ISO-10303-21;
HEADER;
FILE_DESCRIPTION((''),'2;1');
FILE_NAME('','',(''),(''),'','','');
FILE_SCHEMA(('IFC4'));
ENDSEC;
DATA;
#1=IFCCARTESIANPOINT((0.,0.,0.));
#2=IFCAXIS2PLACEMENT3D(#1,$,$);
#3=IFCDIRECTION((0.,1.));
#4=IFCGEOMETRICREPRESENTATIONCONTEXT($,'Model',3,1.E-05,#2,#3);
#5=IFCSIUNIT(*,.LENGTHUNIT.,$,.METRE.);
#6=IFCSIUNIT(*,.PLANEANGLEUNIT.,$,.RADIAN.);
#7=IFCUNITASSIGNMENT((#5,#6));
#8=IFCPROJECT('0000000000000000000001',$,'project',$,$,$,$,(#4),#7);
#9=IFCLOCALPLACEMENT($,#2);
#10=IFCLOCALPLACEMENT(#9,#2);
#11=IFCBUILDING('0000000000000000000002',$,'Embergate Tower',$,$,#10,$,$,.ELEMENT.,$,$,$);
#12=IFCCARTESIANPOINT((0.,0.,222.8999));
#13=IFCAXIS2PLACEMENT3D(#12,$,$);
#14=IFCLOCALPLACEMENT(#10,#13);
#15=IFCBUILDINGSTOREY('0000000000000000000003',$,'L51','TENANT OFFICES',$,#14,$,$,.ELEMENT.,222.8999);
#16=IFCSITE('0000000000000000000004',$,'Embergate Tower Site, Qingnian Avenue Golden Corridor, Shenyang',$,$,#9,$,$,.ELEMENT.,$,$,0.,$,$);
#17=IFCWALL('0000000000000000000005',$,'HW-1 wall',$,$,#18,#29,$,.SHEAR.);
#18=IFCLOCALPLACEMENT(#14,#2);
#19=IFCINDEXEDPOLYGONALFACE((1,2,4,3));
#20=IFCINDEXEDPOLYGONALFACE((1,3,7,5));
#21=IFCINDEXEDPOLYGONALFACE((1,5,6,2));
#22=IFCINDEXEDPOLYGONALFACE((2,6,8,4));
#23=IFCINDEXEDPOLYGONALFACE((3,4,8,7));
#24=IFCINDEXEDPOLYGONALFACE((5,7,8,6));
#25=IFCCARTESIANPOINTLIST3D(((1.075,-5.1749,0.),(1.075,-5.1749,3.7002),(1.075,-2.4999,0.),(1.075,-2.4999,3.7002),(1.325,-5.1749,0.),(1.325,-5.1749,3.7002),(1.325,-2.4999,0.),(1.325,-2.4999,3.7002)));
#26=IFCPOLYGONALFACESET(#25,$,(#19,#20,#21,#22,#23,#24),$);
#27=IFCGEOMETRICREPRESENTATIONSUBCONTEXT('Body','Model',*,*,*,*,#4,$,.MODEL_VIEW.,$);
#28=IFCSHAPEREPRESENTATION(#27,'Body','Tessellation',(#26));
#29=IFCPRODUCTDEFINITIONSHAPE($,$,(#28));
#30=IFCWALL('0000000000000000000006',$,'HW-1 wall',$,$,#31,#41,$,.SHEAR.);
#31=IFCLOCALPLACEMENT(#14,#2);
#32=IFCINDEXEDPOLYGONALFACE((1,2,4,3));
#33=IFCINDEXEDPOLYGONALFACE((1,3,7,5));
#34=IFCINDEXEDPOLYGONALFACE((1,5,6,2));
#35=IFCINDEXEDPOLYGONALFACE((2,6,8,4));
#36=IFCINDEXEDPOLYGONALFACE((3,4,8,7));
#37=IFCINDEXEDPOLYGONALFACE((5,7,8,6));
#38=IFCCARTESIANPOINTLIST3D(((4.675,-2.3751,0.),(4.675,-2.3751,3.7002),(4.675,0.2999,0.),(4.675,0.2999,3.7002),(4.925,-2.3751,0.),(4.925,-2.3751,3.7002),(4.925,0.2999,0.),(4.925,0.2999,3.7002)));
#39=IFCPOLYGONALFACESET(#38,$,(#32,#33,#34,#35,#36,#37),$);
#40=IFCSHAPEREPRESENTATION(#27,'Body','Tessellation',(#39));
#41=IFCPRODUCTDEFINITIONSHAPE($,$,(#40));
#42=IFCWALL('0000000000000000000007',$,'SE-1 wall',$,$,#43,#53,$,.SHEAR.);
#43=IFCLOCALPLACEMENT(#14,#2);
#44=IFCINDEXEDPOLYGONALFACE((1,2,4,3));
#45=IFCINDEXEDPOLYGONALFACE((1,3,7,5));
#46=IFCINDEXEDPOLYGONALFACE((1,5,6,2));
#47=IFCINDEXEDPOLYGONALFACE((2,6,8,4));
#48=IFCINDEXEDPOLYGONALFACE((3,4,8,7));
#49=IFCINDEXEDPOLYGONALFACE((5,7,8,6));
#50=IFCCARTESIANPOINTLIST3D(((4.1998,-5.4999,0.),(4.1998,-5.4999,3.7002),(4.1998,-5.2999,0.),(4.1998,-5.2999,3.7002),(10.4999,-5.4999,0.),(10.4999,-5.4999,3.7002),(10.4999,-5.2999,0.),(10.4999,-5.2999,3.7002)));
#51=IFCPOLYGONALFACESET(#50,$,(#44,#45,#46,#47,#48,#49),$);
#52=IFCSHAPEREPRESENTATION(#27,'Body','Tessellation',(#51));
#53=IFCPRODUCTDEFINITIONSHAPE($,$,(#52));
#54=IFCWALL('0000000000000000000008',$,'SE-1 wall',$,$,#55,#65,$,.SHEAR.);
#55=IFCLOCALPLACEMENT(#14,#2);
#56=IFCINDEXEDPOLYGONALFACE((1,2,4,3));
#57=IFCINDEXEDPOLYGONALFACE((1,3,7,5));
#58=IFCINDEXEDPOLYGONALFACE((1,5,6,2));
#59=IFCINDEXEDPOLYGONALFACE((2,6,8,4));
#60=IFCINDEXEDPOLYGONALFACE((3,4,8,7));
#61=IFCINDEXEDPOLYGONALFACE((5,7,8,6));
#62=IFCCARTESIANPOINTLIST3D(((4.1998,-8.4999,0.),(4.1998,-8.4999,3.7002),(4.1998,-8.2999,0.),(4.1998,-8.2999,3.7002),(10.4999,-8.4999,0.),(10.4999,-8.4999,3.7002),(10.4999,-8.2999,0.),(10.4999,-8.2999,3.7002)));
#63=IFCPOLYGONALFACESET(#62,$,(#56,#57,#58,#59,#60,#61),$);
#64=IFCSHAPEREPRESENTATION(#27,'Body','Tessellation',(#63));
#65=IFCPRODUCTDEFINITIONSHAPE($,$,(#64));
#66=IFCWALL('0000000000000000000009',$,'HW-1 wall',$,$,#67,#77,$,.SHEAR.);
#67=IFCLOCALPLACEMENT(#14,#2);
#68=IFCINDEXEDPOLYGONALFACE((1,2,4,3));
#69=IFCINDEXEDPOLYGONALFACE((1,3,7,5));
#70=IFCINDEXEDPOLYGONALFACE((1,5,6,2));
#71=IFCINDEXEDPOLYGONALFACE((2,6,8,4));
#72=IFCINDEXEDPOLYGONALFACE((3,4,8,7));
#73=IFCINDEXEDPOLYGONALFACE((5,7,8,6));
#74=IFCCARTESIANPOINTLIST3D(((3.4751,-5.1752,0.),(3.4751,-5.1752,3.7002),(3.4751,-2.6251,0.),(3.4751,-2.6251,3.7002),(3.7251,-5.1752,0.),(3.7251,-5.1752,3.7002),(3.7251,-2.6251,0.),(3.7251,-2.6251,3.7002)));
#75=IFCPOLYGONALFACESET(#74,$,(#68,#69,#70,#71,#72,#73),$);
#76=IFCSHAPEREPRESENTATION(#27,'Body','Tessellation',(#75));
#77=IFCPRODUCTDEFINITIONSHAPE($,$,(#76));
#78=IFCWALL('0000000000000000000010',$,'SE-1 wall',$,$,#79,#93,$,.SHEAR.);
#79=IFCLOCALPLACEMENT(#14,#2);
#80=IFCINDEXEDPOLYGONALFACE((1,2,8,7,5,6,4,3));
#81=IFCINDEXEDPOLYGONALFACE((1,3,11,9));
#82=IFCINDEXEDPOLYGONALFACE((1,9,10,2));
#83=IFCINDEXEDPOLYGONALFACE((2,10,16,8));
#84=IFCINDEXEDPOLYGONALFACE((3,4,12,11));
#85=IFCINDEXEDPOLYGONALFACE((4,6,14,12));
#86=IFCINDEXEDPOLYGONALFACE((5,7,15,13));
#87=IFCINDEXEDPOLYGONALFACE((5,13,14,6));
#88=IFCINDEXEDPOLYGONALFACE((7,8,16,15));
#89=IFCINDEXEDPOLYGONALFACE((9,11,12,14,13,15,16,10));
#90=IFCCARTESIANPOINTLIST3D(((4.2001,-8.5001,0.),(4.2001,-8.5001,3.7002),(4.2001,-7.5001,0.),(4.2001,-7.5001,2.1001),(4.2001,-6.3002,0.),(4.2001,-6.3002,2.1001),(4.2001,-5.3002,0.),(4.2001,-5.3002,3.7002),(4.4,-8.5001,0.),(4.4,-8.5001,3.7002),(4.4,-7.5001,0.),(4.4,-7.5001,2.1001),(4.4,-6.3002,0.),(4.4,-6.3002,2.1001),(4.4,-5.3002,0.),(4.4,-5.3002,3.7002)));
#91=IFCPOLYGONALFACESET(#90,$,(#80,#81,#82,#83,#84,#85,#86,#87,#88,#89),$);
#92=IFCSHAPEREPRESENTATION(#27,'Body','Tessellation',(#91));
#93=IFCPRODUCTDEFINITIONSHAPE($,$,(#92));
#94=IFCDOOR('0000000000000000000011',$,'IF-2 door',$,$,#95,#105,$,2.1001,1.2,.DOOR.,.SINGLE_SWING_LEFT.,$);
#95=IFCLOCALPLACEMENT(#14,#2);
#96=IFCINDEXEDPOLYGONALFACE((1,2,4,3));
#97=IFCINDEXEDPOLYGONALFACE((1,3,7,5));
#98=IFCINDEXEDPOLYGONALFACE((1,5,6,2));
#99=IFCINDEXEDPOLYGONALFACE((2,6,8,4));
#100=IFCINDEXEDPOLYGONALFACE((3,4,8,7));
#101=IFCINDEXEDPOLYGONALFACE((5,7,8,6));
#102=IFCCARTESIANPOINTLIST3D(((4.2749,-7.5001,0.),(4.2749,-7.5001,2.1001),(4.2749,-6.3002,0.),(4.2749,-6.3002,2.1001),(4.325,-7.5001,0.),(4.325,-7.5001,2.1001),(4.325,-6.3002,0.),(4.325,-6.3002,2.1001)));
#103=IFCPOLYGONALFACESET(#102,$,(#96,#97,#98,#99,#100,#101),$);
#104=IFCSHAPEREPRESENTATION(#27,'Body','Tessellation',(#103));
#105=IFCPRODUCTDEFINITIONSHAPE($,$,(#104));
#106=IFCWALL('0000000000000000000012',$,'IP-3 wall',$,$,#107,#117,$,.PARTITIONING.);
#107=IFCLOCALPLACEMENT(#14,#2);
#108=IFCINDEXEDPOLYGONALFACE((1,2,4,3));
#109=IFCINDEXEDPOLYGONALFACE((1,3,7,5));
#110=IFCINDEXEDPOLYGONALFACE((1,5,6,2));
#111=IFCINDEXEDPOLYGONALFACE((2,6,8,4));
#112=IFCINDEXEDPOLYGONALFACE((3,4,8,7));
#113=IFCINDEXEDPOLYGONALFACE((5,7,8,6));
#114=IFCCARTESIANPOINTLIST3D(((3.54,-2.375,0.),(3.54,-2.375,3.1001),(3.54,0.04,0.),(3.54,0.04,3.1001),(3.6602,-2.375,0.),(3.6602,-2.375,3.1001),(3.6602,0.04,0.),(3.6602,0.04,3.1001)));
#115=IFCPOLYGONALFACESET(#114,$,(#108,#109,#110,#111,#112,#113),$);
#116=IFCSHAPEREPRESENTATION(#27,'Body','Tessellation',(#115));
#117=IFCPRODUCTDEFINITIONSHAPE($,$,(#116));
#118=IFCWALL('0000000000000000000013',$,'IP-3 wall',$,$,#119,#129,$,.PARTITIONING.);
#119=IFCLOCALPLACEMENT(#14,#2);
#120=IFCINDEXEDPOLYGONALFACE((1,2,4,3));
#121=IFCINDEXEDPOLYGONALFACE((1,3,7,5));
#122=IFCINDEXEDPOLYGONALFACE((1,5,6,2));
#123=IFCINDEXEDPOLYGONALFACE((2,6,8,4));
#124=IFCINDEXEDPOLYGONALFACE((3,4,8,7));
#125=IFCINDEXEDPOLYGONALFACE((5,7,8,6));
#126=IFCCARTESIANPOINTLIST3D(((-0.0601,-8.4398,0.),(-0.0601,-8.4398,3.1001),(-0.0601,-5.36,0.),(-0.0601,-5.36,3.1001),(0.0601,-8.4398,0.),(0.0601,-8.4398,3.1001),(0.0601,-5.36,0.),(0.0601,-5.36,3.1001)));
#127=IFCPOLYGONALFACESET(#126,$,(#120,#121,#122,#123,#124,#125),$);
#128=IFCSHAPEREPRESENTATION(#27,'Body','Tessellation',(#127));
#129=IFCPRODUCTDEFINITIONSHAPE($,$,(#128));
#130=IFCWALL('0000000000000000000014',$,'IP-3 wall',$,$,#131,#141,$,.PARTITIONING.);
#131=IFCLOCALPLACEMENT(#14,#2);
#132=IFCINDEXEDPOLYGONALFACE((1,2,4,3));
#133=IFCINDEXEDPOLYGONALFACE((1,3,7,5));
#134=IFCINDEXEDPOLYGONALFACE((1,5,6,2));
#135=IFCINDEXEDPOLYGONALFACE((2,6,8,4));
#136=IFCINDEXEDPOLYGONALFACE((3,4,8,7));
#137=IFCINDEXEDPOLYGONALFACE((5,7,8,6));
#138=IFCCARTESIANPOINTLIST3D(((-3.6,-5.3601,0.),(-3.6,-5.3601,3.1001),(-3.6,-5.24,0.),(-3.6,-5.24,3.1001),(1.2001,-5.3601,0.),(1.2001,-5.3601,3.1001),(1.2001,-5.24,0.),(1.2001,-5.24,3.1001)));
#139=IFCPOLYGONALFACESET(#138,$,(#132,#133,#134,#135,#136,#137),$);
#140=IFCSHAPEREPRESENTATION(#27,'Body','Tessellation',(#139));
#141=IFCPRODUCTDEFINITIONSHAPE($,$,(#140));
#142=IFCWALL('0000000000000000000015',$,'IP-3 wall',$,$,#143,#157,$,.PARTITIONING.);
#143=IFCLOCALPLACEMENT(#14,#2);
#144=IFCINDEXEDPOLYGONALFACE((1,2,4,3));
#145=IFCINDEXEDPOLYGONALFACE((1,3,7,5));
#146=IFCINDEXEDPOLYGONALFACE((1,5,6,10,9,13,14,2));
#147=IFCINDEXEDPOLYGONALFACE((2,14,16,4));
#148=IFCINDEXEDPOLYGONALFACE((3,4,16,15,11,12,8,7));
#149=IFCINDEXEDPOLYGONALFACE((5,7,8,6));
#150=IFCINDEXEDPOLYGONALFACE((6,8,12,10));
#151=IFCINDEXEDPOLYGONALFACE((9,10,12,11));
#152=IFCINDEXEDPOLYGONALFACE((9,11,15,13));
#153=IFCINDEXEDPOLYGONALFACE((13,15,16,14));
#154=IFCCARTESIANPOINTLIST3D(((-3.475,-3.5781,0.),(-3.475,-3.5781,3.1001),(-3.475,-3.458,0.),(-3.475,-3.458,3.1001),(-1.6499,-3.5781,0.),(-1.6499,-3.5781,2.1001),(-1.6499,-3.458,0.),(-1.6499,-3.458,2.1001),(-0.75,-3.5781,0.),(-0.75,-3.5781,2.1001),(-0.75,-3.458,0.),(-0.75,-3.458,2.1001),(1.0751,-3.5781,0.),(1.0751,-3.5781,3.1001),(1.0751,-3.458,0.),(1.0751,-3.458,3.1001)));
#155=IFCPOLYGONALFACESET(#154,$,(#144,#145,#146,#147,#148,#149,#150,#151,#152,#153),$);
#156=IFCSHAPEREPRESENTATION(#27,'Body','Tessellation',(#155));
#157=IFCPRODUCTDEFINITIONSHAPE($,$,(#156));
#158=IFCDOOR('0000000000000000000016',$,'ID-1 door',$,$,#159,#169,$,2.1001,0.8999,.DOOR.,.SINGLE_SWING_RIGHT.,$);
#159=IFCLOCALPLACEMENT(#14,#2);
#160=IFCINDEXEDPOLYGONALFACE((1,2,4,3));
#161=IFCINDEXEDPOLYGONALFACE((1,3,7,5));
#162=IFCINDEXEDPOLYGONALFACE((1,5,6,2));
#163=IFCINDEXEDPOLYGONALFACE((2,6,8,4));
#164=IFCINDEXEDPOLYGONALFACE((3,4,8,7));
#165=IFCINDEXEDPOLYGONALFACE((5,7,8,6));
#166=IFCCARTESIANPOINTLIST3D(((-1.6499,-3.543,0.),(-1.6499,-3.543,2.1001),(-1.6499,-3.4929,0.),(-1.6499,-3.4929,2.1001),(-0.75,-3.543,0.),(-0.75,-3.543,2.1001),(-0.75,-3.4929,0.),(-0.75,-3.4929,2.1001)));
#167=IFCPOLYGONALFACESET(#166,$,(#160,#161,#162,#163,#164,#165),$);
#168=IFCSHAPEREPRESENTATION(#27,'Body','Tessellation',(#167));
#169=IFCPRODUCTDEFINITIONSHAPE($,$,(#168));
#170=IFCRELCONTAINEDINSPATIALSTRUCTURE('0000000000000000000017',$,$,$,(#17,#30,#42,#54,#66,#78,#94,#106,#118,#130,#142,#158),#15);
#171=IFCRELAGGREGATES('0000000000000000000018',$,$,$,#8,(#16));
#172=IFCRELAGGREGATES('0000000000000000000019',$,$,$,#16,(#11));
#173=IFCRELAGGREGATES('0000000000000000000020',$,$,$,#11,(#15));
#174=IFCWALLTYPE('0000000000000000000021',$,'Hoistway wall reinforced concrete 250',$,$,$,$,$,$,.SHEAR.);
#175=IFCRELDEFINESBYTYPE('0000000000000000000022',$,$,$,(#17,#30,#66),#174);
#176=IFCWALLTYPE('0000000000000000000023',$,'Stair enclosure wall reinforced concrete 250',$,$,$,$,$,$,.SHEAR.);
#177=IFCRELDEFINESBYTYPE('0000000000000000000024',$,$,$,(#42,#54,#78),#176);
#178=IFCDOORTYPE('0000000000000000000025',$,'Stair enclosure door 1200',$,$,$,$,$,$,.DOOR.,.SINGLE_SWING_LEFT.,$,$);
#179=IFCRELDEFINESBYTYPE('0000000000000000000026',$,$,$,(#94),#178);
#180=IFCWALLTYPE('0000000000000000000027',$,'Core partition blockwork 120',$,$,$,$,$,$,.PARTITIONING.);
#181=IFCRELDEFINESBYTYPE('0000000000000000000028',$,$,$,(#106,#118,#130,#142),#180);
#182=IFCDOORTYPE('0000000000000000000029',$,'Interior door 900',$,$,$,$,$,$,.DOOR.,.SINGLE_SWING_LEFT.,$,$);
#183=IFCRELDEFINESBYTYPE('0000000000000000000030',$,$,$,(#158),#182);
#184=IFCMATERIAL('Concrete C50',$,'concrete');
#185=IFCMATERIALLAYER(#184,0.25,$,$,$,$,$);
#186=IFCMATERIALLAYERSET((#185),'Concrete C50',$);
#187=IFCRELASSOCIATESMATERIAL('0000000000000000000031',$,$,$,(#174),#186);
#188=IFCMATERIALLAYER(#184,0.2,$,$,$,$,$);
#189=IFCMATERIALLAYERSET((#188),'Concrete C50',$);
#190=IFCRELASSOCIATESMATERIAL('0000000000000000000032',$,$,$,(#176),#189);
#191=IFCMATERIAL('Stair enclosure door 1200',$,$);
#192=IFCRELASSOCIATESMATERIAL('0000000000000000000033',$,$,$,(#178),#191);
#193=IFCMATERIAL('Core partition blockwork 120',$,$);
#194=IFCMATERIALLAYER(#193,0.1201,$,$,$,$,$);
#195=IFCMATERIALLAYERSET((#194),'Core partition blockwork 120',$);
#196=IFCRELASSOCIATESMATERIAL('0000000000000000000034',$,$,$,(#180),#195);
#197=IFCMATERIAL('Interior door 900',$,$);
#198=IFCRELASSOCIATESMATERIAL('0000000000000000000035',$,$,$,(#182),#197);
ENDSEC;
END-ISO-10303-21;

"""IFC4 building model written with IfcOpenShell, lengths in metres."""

from ifc_helpers import new_model, si_unit, direction, frame, frame_2d, origin, place, context, subcontext, project, spatial, rectangle, extrude, source, transform, mapped, material, layer, layer_set, type_object, element, fill, save


model = new_model("IFC4")

# Units and contexts
model_context = context("Model", 3, precision=1e-05, world=origin(), true_north=direction((0.0, 1.0)))
body_context = subcontext(model_context, "Body", "Model", "MODEL_VIEW")
ifc_project = project(units=[si_unit("LENGTHUNIT", "METRE"), si_unit("PLANEANGLEUNIT", "RADIAN")], contexts=[model_context])

# Site, building, storey
site_placement = place(None, origin())
site = spatial("IfcSite", under=ifc_project, at=site_placement, Name="Embergate Tower Site, Qingnian Avenue Golden Corridor, Shenyang", CompositionType="ELEMENT", RefElevation=0.0)
building_placement = place(site_placement, origin())
building = spatial("IfcBuilding", under=site, at=building_placement, Name="Embergate Tower", CompositionType="ELEMENT")
storey_placement = place(building_placement, frame((0.0, 0.0, 222.8999)))
storey = spatial("IfcBuildingStorey", under=building, at=storey_placement, Name="L51", Description="TENANT OFFICES", CompositionType="ELEMENT", Elevation=222.8999)

# Walls
ifc_material_1 = material(Name="Concrete C50", Category="concrete")
ifc_layer_1 = layer(ifc_material_1, 0.25)
ifc_layer_set_1 = layer_set([ifc_layer_1], Name="Concrete C50")
wall_type_1 = type_object("IfcWallType", Name="Hoistway wall reinforced concrete 250", PredefinedType="SHEAR", material=ifc_layer_set_1)
shared_shape_1 = source(origin(), body_context, "Body", "SweptSolid", [
    extrude(rectangle(XDim=2.675, YDim=0.25, at=frame_2d((1.3374, 0.0))), origin(), (0.0, 0.0, 1.0), 3.7002),
])
for number, where, z_axis, x_axis, name in (
    (1, (1.2, -2.5, 0.0), (0.0, 0.0, 1.0), (0.0, -1.0, 0.0), "HW-1 wall"),
    (2, (4.8, -2.375, 0.0), (0.0, 0.0, 1.0), (0.0, 1.0, 0.0), "HW-1 wall"),
):
    element("IfcWall", number, at=place(storey_placement, frame(where, z_axis=z_axis, x_axis=x_axis)), inside=storey, type_object=wall_type_1, Name=name, PredefinedType="SHEAR", context=body_context, shape_type="MappedRepresentation", body=[
        mapped(shared_shape_1, transform((0.0, 0.0, 0.0))),
    ])
ifc_layer_2 = layer(ifc_material_1, 0.2)
ifc_layer_set_2 = layer_set([ifc_layer_2], Name="Concrete C50")
wall_type_2 = type_object("IfcWallType", Name="Stair enclosure wall reinforced concrete 250", PredefinedType="SHEAR", material=ifc_layer_set_2)
shared_shape_2 = source(origin(), body_context, "Body", "SweptSolid", [
    extrude(rectangle(XDim=6.3, YDim=0.2, at=frame_2d((3.1499, 0.0))), origin(), (0.0, 0.0, 1.0), 3.7002),
])
for number, where, z_axis, x_axis, name in (
    (3, (4.2, -5.3999, 0.0), (0.0, 0.0, 1.0), (1.0, 0.0, 0.0), "SE-1 wall"),
    (4, (4.2, -8.3999, 0.0), (0.0, 0.0, 1.0), (1.0, 0.0, 0.0), "SE-1 wall"),
):
    element("IfcWall", number, at=place(storey_placement, frame(where, z_axis=z_axis, x_axis=x_axis)), inside=storey, type_object=wall_type_2, Name=name, PredefinedType="SHEAR", context=body_context, shape_type="MappedRepresentation", body=[
        mapped(shared_shape_2, transform((0.0, 0.0, 0.0))),
    ])
shared_shape_3 = source(origin(), body_context, "Body", "SweptSolid", [
    extrude(rectangle(XDim=2.55, YDim=0.25, at=frame_2d((1.2749, 0.0))), origin(), (0.0, 0.0, 1.0), 3.7002),
])
wall_1_placement = place(storey_placement, frame((3.6001, -5.175, 0.0), z_axis=(0.0, 0.0, 1.0), x_axis=(0.0, 1.0, 0.0)))
element("IfcWall", 5, at=wall_1_placement, inside=storey, type_object=wall_type_1, Name="HW-1 wall", PredefinedType="SHEAR", context=body_context, shape_type="MappedRepresentation", body=[
    mapped(shared_shape_3, transform((0.0, 0.0, 0.0))),
])

# Wall, opening, door
shared_shape_4 = source(origin(), body_context, "Body", "SweptSolid", [
    extrude(rectangle(XDim=3.2, YDim=0.2, at=frame_2d((1.6001, 0.0))), origin(), (0.0, 0.0, 1.0), 3.7002),
])
wall_2_placement = place(storey_placement, frame((4.3, -5.3, 0.0), z_axis=(0.0, 0.0, 1.0), x_axis=(0.0, -1.0, 0.0)))
wall_2 = element("IfcWall", 6, at=wall_2_placement, inside=storey, type_object=wall_type_2, Name="SE-1 wall", PredefinedType="SHEAR", context=body_context, shape_type="MappedRepresentation", body=[
    mapped(shared_shape_4, transform((0.0, 0.0, 0.0))),
])
shared_shape_5 = source(origin(), body_context, "Body", "SweptSolid", [
    extrude(rectangle(XDim=1.2, YDim=2.1001, at=frame_2d((0.6001, 1.05))), frame((0.0, 0.1099, 0.0), z_axis=(0.0, -1.0, 0.0), x_axis=(1.0, 0.0, 0.0)), (0.0, 0.0, 1.0), 0.22),
])
opening_1_placement = place(wall_2_placement, frame((1.0, 0.0, 0.0)))
opening_1 = element("IfcOpeningElement", 7, at=opening_1_placement, cuts=wall_2, PredefinedType="OPENING", context=body_context, shape_type="MappedRepresentation", body=[
    mapped(shared_shape_5, transform((0.0, 0.0, 0.0))),
])
ifc_material_2 = material(Name="Stair enclosure door 1200")
door_type_1 = type_object("IfcDoorType", Name="Stair enclosure door 1200", OperationType="SINGLE_SWING_LEFT", PredefinedType="DOOR", material=ifc_material_2)
shared_shape_6 = source(origin(), body_context, "Body", "SweptSolid", [
    extrude(rectangle(XDim=1.2, YDim=2.1001, at=frame_2d((0.6001, 1.05))), frame((0.0, 0.0249, 0.0), z_axis=(0.0, -1.0, 0.0), x_axis=(1.0, 0.0, 0.0)), (0.0, 0.0, 1.0), 0.05),
])
door_1_placement = place(opening_1_placement, origin())
door_1 = element("IfcDoor", 8, at=door_1_placement, inside=storey, type_object=door_type_1, Name="IF-2 door", OperationType="SINGLE_SWING_LEFT", OverallHeight=2.1001, OverallWidth=1.2, PredefinedType="DOOR", context=body_context, shape_type="MappedRepresentation", body=[
    mapped(shared_shape_6, transform((0.0, 0.0, 0.0))),
])
fill(opening_1, door_1)

# Walls
ifc_material_3 = material(Name="Core partition blockwork 120")
ifc_layer_3 = layer(ifc_material_3, 0.1201)
ifc_layer_set_3 = layer_set([ifc_layer_3], Name="Core partition blockwork 120")
wall_type_3 = type_object("IfcWallType", Name="Core partition blockwork 120", PredefinedType="PARTITIONING", material=ifc_layer_set_3)
shared_shape_7 = source(origin(), body_context, "Body", "SweptSolid", [
    extrude(rectangle(XDim=2.415, YDim=0.1201, at=frame_2d((1.2075, 0.0))), origin(), (0.0, 0.0, 1.0), 3.1001),
])
wall_3_placement = place(storey_placement, frame((3.6001, -2.375, 0.0), z_axis=(0.0, 0.0, 1.0), x_axis=(0.0, 1.0, 0.0)))
element("IfcWall", 9, at=wall_3_placement, inside=storey, type_object=wall_type_3, Name="IP-3 wall", PredefinedType="PARTITIONING", context=body_context, shape_type="MappedRepresentation", body=[
    mapped(shared_shape_7, transform((0.0, 0.0, 0.0))),
])
shared_shape_8 = source(origin(), body_context, "Body", "SweptSolid", [
    extrude(rectangle(XDim=3.0798, YDim=0.1201, at=frame_2d((1.54, 0.0))), origin(), (0.0, 0.0, 1.0), 3.1001),
])
wall_4_placement = place(storey_placement, frame((0.0, -8.4399, 0.0), z_axis=(0.0, 0.0, 1.0), x_axis=(0.0, 1.0, 0.0)))
element("IfcWall", 10, at=wall_4_placement, inside=storey, type_object=wall_type_3, Name="IP-3 wall", PredefinedType="PARTITIONING", context=body_context, shape_type="MappedRepresentation", body=[
    mapped(shared_shape_8, transform((0.0, 0.0, 0.0))),
])
shared_shape_9 = source(origin(), body_context, "Body", "SweptSolid", [
    extrude(rectangle(XDim=4.8, YDim=0.1201, at=frame_2d((2.3999, 0.0))), origin(), (0.0, 0.0, 1.0), 3.1001),
])
wall_5_placement = place(storey_placement, frame((1.2, -5.3, 0.0), z_axis=(0.0, 0.0, 1.0), x_axis=(-1.0, 0.0, 0.0)))
element("IfcWall", 11, at=wall_5_placement, inside=storey, type_object=wall_type_3, Name="IP-3 wall", PredefinedType="PARTITIONING", context=body_context, shape_type="MappedRepresentation", body=[
    mapped(shared_shape_9, transform((0.0, 0.0, 0.0))),
])

# Wall, opening, door
shared_shape_10 = source(origin(), body_context, "Body", "SweptSolid", [
    extrude(rectangle(XDim=4.55, YDim=0.1201, at=frame_2d((2.2749, 0.0))), origin(), (0.0, 0.0, 1.0), 3.1001),
])
wall_6_placement = place(storey_placement, frame((1.075, -3.5181, 0.0), z_axis=(0.0, 0.0, 1.0), x_axis=(-1.0, 0.0, 0.0)))
wall_6 = element("IfcWall", 12, at=wall_6_placement, inside=storey, type_object=wall_type_3, Name="IP-3 wall", PredefinedType="PARTITIONING", context=body_context, shape_type="MappedRepresentation", body=[
    mapped(shared_shape_10, transform((0.0, 0.0, 0.0))),
])
shared_shape_11 = source(origin(), body_context, "Body", "SweptSolid", [
    extrude(rectangle(XDim=0.8999, YDim=2.1001, at=frame_2d((0.45, 1.05))), frame((0.0, 0.0701, 0.0), z_axis=(0.0, -1.0, 0.0), x_axis=(1.0, 0.0, 0.0)), (0.0, 0.0, 1.0), 0.1401),
])
opening_2_placement = place(wall_6_placement, frame((1.825, 0.0, 0.0)))
opening_2 = element("IfcOpeningElement", 13, at=opening_2_placement, cuts=wall_6, PredefinedType="OPENING", context=body_context, shape_type="MappedRepresentation", body=[
    mapped(shared_shape_11, transform((0.0, 0.0, 0.0))),
])
ifc_material_4 = material(Name="Interior door 900")
door_type_2 = type_object("IfcDoorType", Name="Interior door 900", OperationType="SINGLE_SWING_LEFT", PredefinedType="DOOR", material=ifc_material_4)
shared_shape_12 = source(origin(), body_context, "Body", "SweptSolid", [
    extrude(rectangle(XDim=0.8999, YDim=2.1001, at=frame_2d((0.45, 1.05))), frame((0.0, 0.0249, 0.0), z_axis=(0.0, -1.0, 0.0), x_axis=(1.0, 0.0, 0.0)), (0.0, 0.0, 1.0), 0.05),
])
door_2_placement = place(opening_2_placement, origin())
door_2 = element("IfcDoor", 14, at=door_2_placement, inside=storey, type_object=door_type_2, Name="ID-1 door", OperationType="SINGLE_SWING_RIGHT", OverallHeight=2.1001, OverallWidth=0.8999, PredefinedType="DOOR", context=body_context, shape_type="MappedRepresentation", body=[
    mapped(shared_shape_12, transform((0.0, 0.0, 0.0))),
])
fill(opening_2, door_2)

save(model, "model.ifc")
